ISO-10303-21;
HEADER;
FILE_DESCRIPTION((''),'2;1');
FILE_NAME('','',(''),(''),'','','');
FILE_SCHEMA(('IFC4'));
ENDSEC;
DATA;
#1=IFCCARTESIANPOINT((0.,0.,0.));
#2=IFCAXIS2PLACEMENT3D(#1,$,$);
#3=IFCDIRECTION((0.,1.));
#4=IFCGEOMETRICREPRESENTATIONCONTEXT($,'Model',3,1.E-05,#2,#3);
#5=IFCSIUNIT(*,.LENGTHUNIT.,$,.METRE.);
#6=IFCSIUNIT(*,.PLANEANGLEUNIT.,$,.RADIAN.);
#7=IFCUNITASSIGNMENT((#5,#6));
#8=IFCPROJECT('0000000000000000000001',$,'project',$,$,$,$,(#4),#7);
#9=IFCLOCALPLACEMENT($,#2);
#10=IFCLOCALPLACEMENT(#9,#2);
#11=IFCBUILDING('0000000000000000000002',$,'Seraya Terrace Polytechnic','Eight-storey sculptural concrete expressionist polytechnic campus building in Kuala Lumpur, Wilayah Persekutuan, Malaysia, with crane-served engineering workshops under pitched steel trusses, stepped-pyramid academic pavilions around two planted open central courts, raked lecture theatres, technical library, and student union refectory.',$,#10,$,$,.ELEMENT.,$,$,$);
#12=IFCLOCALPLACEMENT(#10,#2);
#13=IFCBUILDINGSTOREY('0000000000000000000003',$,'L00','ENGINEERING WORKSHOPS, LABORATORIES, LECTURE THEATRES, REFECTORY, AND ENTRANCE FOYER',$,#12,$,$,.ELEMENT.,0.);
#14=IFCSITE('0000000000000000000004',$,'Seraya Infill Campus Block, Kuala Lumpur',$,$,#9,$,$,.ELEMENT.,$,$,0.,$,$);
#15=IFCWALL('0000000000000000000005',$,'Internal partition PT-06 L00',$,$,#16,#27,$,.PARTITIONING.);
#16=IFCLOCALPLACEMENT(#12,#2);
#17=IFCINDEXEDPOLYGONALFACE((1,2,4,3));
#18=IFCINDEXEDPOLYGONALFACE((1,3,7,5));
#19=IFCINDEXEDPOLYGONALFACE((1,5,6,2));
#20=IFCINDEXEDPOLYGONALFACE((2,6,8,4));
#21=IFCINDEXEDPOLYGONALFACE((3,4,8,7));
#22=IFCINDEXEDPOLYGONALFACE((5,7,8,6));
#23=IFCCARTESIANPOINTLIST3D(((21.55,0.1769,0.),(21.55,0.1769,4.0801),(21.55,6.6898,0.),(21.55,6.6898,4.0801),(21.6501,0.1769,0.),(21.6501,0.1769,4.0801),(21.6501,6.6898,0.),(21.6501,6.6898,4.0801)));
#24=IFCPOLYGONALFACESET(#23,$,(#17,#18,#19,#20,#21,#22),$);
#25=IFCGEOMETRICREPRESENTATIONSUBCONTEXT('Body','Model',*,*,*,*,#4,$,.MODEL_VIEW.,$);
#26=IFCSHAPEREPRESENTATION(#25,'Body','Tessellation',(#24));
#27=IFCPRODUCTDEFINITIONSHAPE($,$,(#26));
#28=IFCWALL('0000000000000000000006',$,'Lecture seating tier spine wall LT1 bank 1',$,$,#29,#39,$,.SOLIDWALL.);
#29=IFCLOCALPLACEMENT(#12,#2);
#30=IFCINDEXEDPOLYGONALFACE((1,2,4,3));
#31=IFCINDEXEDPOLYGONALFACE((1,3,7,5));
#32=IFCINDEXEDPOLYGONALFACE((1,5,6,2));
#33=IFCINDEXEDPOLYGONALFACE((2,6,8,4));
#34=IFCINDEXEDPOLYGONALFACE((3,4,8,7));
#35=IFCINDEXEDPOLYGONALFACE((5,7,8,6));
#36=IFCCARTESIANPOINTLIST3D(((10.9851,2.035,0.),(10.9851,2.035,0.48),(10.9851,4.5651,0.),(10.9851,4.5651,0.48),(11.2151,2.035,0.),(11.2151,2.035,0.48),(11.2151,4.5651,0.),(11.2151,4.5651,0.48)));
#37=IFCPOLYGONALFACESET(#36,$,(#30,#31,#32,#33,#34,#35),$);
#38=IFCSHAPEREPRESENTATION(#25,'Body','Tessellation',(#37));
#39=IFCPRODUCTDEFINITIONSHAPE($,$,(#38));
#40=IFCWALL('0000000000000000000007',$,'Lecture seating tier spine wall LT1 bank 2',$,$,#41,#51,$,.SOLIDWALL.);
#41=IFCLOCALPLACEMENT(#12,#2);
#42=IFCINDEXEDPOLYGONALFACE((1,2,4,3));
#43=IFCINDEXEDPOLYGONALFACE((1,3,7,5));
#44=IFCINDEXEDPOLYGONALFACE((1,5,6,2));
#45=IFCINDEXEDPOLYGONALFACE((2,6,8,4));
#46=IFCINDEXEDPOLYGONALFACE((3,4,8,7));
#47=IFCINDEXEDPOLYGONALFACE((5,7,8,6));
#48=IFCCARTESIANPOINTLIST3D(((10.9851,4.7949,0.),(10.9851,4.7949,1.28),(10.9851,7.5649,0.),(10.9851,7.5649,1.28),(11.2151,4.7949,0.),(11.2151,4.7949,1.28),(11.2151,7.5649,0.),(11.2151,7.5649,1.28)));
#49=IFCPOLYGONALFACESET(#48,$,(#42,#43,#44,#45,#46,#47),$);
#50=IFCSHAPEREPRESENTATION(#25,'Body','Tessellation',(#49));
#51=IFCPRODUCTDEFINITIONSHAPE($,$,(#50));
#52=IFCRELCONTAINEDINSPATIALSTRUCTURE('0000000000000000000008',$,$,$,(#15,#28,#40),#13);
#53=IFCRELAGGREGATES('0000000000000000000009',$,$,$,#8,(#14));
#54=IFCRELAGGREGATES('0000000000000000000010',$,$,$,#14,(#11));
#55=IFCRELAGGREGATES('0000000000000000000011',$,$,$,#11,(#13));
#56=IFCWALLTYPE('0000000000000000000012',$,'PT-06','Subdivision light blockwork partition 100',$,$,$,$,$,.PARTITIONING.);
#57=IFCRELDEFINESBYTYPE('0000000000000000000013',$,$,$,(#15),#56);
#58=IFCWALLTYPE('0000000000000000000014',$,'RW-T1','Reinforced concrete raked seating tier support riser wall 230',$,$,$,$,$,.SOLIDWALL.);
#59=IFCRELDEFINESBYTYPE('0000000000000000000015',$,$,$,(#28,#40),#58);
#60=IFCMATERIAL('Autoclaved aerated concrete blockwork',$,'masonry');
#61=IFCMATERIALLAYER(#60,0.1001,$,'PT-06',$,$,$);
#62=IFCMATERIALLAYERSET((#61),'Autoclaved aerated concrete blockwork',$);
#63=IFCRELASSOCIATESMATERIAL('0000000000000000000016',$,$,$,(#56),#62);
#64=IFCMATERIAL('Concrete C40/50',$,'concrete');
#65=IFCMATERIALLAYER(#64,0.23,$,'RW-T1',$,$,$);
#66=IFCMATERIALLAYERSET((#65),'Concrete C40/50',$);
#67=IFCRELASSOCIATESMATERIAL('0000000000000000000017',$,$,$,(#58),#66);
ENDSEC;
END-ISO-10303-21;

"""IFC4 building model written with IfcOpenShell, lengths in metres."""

from ifc_helpers import new_model, si_unit, direction, frame, frame_2d, origin, place, context, subcontext, project, spatial, rectangle, extrude, material, layer, layer_set, type_object, element, save


model = new_model("IFC4")

# Units and contexts
model_context = context("Model", 3, precision=1e-05, world=origin(), true_north=direction((0.0, 1.0)))
body_context = subcontext(model_context, "Body", "Model", "MODEL_VIEW")
ifc_project = project(units=[si_unit("LENGTHUNIT", "METRE"), si_unit("PLANEANGLEUNIT", "RADIAN")], contexts=[model_context])

# Site, building, storey
site_placement = place(None, origin())
site = spatial("IfcSite", under=ifc_project, at=site_placement, Name="Seraya Infill Campus Block, Kuala Lumpur", CompositionType="ELEMENT", RefElevation=0.0)
building_placement = place(site_placement, origin())
building = spatial("IfcBuilding", under=site, at=building_placement, Name="Seraya Terrace Polytechnic", Description="Eight-storey sculptural concrete expressionist polytechnic campus building in Kuala Lumpur, Wilayah Persekutuan, Malaysia, with crane-served engineering workshops under pitched steel trusses, stepped-pyramid academic pavilions around two planted open central courts, raked lecture theatres, technical library, and student union refectory.", CompositionType="ELEMENT")
storey_placement = place(building_placement, origin())
storey = spatial("IfcBuildingStorey", under=building, at=storey_placement, Name="L00", Description="ENGINEERING WORKSHOPS, LABORATORIES, LECTURE THEATRES, REFECTORY, AND ENTRANCE FOYER", CompositionType="ELEMENT", Elevation=0.0)

# Shared definitions
ifc_material_1 = material(Name="Concrete C40/50", Category="concrete")

# Walls
ifc_material_2 = material(Name="Autoclaved aerated concrete blockwork", Category="masonry")
ifc_layer_1 = layer(ifc_material_2, 0.1001, Name="PT-06")
ifc_layer_set_1 = layer_set([ifc_layer_1], Name="Autoclaved aerated concrete blockwork")
wall_type_1 = type_object("IfcWallType", Name="PT-06", Description="Subdivision light blockwork partition 100", PredefinedType="PARTITIONING", material=ifc_layer_set_1)
wall_1_placement = place(storey_placement, frame((21.6001, 0.177, 0.0), z_axis=(0.0, 0.0, 1.0), x_axis=(0.0, 1.0, 0.0)))
element("IfcWall", 1, at=wall_1_placement, inside=storey, type_object=wall_type_1, Name="Internal partition PT-06 L00", PredefinedType="PARTITIONING", context=body_context, shape_type="SweptSolid", body=[
    extrude(rectangle(XDim=6.5129, YDim=0.1001, at=frame_2d((3.2563, 0.0))), origin(), (0.0, 0.0, 1.0), 4.0801),
])
ifc_layer_2 = layer(ifc_material_1, 0.23, Name="RW-T1")
ifc_layer_set_2 = layer_set([ifc_layer_2], Name="Concrete C40/50")
wall_type_2 = type_object("IfcWallType", Name="RW-T1", Description="Reinforced concrete raked seating tier support riser wall 230", PredefinedType="SOLIDWALL", material=ifc_layer_set_2)
wall_2_placement = place(storey_placement, frame((11.1001, 2.0349, 0.0), z_axis=(0.0, 0.0, 1.0), x_axis=(0.0, 1.0, 0.0)))
element("IfcWall", 2, at=wall_2_placement, inside=storey, type_object=wall_type_2, Name="Lecture seating tier spine wall LT1 bank 1", PredefinedType="SOLIDWALL", context=body_context, shape_type="SweptSolid", body=[
    extrude(rectangle(XDim=2.53, YDim=0.23, at=frame_2d((1.2651, 0.0))), origin(), (0.0, 0.0, 1.0), 0.48),
])
wall_3_placement = place(storey_placement, frame((11.1001, 4.7949, 0.0), z_axis=(0.0, 0.0, 1.0), x_axis=(0.0, 1.0, 0.0)))
element("IfcWall", 3, at=wall_3_placement, inside=storey, type_object=wall_type_2, Name="Lecture seating tier spine wall LT1 bank 2", PredefinedType="SOLIDWALL", context=body_context, shape_type="SweptSolid", body=[
    extrude(rectangle(XDim=2.77, YDim=0.23, at=frame_2d((1.385, 0.0))), origin(), (0.0, 0.0, 1.0), 1.28),
])

save(model, "model.ifc")
